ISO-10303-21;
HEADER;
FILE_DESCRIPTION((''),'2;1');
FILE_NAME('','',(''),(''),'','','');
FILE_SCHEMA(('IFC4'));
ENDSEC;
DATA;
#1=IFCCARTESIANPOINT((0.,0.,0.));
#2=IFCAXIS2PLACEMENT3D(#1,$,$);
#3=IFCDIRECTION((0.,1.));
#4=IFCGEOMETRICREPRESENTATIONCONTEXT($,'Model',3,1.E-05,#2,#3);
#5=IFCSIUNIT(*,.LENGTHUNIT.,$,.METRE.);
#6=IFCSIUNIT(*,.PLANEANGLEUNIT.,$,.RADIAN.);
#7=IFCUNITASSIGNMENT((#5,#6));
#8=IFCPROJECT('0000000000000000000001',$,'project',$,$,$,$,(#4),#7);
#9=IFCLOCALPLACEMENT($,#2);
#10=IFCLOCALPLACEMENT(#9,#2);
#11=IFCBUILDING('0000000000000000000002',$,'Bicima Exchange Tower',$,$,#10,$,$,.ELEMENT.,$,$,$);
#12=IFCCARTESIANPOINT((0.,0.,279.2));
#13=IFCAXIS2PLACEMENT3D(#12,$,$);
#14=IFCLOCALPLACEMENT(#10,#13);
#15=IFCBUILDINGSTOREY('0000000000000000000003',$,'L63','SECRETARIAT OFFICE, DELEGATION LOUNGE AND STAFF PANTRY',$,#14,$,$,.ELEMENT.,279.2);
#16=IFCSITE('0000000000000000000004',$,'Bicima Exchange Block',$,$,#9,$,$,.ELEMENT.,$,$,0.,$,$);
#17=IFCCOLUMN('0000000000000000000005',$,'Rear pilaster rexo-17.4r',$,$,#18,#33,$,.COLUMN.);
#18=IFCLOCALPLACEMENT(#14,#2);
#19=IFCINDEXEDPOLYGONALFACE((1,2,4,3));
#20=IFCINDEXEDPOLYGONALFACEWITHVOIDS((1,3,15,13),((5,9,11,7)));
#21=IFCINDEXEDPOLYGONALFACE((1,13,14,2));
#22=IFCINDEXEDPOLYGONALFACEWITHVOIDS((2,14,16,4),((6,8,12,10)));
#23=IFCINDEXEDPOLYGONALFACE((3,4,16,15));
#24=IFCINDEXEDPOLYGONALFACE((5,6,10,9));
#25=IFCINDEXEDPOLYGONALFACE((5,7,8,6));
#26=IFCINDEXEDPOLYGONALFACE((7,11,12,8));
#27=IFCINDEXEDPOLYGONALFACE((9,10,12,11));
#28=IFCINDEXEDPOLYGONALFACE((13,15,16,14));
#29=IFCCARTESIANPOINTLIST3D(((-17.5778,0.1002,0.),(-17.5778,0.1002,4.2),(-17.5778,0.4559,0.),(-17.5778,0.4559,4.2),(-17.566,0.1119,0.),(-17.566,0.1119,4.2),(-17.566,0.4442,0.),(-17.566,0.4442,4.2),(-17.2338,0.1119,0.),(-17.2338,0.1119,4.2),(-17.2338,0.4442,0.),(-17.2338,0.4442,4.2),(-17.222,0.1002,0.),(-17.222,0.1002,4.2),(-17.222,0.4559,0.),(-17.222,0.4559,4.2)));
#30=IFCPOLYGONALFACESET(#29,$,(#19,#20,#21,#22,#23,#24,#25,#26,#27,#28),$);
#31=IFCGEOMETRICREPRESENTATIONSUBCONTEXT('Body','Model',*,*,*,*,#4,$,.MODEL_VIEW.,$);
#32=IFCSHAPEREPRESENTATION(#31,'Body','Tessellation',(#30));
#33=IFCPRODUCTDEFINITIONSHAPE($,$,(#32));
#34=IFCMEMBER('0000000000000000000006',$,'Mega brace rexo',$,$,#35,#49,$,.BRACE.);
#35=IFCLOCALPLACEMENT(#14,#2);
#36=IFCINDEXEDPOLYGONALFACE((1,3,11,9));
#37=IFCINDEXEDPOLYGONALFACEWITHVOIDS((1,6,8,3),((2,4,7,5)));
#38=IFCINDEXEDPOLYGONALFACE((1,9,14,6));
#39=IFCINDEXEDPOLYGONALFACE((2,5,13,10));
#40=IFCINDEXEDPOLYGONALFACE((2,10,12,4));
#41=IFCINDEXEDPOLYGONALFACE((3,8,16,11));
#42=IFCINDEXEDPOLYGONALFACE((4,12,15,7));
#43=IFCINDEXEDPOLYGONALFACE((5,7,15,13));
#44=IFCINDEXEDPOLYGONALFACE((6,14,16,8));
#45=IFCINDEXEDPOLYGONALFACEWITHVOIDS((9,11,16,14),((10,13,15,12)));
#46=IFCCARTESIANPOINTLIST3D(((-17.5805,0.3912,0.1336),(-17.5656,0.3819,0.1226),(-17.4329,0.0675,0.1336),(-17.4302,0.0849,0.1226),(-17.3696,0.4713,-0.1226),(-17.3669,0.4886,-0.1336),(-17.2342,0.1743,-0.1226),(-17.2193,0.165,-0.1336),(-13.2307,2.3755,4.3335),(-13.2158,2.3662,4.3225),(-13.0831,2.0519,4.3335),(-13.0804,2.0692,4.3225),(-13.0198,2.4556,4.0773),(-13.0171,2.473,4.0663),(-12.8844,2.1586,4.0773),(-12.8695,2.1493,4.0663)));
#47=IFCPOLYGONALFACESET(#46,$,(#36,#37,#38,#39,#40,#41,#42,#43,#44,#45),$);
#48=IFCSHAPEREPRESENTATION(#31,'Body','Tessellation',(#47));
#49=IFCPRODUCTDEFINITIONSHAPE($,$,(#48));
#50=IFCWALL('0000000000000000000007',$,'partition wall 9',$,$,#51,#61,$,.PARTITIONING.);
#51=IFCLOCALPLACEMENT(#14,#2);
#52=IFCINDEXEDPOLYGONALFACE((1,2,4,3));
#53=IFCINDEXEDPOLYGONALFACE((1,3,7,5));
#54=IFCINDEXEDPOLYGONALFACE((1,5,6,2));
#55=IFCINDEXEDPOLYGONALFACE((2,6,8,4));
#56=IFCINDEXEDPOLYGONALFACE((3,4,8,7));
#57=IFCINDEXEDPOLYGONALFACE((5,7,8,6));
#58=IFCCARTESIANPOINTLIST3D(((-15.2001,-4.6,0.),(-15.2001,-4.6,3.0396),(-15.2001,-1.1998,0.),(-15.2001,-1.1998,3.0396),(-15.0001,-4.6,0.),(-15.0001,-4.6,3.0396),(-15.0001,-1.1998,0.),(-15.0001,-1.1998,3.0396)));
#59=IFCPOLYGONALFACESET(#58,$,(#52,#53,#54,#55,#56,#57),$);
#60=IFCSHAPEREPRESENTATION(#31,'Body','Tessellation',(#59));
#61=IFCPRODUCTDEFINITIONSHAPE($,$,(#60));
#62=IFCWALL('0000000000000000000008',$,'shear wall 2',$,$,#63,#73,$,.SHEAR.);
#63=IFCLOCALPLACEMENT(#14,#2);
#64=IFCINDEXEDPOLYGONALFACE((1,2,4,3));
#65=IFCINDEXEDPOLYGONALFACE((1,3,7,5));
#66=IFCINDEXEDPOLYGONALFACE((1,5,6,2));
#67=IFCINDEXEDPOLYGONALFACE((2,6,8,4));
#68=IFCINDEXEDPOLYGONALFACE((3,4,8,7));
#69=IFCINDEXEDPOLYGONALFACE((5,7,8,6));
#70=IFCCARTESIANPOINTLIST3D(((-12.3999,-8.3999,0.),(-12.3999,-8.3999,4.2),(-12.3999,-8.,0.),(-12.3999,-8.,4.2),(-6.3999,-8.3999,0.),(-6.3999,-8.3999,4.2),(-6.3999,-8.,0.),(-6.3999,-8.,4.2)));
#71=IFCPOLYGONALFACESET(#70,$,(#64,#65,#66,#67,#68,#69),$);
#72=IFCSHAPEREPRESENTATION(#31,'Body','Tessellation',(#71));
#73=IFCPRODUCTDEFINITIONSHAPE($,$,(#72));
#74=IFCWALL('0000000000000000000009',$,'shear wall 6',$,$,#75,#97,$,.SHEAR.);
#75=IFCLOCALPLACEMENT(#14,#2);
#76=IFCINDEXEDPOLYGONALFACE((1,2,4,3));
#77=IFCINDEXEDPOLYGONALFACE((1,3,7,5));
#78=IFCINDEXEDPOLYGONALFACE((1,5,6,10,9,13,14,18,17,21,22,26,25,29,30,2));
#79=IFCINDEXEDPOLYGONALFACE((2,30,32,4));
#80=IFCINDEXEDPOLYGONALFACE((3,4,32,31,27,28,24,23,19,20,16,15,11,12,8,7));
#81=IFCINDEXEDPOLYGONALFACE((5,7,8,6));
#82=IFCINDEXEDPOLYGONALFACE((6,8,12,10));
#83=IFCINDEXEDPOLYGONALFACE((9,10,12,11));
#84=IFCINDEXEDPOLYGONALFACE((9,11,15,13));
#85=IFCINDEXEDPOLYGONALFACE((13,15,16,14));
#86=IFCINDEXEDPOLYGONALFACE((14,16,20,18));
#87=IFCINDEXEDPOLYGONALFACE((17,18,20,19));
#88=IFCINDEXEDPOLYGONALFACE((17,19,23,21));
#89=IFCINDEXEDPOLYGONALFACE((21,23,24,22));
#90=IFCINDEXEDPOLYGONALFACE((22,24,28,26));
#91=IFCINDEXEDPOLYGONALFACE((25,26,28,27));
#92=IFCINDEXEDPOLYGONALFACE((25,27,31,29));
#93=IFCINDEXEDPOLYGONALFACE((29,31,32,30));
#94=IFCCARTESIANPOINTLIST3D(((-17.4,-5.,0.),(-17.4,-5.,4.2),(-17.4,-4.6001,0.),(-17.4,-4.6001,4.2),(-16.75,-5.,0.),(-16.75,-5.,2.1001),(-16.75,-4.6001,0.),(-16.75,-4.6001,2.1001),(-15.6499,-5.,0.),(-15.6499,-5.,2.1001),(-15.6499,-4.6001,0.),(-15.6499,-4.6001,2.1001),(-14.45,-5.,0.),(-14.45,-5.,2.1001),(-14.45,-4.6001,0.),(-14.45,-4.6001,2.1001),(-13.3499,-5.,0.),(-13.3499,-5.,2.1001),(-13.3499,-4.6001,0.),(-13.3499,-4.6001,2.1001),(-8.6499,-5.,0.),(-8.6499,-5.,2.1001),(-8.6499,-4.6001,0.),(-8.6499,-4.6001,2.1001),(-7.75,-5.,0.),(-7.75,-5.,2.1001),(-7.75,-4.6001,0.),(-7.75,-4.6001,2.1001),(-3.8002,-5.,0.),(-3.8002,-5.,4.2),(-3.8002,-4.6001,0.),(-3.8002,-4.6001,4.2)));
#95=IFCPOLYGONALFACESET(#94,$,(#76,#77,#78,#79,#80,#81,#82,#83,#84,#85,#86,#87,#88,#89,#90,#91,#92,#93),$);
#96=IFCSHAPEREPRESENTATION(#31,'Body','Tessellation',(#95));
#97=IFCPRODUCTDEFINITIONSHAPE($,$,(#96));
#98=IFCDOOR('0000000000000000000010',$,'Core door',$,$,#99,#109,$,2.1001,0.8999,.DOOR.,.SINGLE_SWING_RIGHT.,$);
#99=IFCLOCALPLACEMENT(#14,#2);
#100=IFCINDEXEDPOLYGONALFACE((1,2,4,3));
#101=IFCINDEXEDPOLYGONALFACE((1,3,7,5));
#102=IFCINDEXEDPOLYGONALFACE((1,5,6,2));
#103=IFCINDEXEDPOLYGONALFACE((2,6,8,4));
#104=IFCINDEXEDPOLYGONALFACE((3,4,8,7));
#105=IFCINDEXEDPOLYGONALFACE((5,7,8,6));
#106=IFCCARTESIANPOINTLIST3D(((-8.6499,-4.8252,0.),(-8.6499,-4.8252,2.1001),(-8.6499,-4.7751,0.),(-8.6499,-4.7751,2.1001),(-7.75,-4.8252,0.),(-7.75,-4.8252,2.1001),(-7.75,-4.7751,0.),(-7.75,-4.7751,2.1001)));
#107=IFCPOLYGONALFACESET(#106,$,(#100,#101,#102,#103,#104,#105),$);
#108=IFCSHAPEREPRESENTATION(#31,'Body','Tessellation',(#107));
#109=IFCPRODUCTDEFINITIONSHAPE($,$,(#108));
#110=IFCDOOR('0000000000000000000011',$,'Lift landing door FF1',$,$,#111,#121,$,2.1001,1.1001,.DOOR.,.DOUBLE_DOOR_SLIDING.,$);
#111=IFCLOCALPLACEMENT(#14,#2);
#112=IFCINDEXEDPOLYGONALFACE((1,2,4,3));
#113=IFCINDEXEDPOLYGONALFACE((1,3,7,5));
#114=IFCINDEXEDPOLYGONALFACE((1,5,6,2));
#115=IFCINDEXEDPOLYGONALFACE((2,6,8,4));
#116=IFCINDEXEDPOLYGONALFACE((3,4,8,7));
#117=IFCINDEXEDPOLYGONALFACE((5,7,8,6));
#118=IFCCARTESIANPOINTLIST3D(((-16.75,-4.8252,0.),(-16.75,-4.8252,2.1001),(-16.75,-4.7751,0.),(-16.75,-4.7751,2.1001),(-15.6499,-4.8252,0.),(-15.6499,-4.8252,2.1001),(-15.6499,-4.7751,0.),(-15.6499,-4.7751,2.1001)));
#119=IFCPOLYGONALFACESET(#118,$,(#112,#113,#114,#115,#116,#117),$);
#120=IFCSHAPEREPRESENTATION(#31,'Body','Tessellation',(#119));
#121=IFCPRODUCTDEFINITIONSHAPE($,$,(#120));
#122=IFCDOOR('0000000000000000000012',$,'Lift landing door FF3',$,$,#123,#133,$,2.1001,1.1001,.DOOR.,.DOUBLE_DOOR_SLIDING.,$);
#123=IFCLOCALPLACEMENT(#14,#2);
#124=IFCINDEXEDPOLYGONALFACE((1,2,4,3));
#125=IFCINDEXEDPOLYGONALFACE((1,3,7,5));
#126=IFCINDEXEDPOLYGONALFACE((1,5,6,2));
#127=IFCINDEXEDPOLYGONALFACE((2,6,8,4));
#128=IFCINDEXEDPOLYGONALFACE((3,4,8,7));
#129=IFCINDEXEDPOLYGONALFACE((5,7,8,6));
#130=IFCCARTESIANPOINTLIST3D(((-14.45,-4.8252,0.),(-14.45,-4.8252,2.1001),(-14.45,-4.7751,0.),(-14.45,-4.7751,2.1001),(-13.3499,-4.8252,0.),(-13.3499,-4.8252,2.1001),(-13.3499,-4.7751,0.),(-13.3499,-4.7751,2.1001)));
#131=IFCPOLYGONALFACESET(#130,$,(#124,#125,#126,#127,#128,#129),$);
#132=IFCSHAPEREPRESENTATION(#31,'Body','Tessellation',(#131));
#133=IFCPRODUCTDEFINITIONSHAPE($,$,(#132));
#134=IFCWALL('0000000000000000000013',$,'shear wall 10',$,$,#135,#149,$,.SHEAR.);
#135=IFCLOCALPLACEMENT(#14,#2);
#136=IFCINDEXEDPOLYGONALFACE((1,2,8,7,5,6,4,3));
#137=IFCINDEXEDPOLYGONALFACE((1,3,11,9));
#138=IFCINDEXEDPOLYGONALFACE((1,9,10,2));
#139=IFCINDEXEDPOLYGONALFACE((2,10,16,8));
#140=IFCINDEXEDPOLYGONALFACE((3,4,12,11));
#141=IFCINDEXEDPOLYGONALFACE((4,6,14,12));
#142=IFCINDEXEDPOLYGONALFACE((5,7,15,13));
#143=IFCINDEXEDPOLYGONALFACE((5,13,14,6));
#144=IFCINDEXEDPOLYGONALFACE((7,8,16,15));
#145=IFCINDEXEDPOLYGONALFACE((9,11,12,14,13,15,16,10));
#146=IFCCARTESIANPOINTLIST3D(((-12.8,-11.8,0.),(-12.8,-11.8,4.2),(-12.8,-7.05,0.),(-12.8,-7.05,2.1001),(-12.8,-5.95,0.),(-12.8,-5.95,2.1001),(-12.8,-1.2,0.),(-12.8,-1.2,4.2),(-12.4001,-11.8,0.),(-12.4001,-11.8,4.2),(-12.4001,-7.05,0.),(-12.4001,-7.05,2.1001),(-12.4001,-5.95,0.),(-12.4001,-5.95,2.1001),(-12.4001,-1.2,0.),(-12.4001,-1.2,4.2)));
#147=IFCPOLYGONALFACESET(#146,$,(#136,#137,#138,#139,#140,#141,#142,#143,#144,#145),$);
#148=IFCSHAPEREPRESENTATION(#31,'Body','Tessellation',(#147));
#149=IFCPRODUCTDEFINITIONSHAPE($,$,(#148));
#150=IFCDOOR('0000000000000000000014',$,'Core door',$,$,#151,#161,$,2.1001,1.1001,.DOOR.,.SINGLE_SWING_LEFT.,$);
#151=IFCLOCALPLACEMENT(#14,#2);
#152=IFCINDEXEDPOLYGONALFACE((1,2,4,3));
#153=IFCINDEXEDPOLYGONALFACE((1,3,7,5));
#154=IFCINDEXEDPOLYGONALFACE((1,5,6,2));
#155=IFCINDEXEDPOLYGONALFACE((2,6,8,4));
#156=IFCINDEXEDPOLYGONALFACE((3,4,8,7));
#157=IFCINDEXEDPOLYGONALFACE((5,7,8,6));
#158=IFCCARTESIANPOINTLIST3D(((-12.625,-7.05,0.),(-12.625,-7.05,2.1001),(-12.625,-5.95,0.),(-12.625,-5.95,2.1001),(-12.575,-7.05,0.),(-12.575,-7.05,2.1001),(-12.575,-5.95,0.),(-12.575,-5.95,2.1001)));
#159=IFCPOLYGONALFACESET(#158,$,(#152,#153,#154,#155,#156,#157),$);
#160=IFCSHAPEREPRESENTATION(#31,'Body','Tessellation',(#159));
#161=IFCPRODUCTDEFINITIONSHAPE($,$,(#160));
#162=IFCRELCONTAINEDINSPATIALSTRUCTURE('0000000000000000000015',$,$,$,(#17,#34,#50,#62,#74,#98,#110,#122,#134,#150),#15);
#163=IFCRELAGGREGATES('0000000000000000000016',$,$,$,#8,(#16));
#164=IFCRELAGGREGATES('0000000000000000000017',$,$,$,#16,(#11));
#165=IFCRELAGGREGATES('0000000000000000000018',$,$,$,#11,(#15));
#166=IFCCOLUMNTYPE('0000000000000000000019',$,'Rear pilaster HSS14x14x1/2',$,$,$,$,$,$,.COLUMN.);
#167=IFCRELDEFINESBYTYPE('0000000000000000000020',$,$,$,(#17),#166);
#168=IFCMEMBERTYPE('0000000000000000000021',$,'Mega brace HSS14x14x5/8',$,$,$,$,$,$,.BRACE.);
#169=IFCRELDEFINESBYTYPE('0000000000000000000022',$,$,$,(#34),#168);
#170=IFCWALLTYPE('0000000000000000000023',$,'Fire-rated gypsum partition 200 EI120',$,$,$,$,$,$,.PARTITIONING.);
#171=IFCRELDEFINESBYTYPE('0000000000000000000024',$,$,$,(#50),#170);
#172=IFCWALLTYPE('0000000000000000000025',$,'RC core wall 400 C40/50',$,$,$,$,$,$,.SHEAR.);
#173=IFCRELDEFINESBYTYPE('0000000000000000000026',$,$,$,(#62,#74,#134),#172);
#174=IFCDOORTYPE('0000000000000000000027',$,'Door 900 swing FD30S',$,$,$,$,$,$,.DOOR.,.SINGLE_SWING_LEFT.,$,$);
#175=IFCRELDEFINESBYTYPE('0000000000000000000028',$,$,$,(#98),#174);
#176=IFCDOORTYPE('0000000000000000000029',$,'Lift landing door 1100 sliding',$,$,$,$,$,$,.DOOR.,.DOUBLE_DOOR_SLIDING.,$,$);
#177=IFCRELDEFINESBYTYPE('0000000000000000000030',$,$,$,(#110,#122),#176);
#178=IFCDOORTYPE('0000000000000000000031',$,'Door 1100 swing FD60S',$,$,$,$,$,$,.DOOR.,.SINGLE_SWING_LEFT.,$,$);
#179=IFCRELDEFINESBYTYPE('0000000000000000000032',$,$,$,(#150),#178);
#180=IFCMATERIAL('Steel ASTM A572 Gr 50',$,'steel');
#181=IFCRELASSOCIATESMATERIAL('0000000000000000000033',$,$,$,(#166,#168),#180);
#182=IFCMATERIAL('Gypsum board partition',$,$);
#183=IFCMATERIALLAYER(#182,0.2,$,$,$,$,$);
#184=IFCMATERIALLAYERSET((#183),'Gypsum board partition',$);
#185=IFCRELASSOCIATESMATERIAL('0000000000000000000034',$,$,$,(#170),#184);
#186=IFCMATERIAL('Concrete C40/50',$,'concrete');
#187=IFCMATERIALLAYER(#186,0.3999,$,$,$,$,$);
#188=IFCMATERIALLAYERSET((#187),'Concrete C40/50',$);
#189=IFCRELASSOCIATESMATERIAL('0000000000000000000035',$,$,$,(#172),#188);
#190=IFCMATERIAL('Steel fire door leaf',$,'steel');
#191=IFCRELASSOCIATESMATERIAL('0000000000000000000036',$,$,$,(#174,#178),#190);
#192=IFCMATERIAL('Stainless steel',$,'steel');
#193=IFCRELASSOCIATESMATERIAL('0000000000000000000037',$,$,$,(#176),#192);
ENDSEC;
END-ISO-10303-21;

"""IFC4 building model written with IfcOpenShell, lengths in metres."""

from ifc_helpers import new_model, si_unit, direction, frame, frame_2d, origin, origin_2d, place, context, subcontext, project, spatial, rectangle, hollow_rectangle, extrude, material, layer, layer_set, material_profile, profile_set, type_object, element, fill, save


model = new_model("IFC4")

# Units and contexts
model_context = context("Model", 3, precision=1e-05, world=origin(), true_north=direction((0.0, 1.0)))
body_context = subcontext(model_context, "Body", "Model", "MODEL_VIEW")
ifc_project = project(units=[si_unit("LENGTHUNIT", "METRE"), si_unit("PLANEANGLEUNIT", "RADIAN")], contexts=[model_context])

# Site, building, storey
site_placement = place(None, origin())
site = spatial("IfcSite", under=ifc_project, at=site_placement, Name="Bicima Exchange Block", CompositionType="ELEMENT", RefElevation=0.0)
building_placement = place(site_placement, origin())
building = spatial("IfcBuilding", under=site, at=building_placement, Name="Bicima Exchange Tower", CompositionType="ELEMENT")
storey_placement = place(building_placement, frame((0.0, 0.0, 279.2)))
storey = spatial("IfcBuildingStorey", under=building, at=storey_placement, Name="L63", Description="SECRETARIAT OFFICE, DELEGATION LOUNGE AND STAFF PANTRY", CompositionType="ELEMENT", Elevation=279.2)

# Column
ifc_material_1 = material(Name="Steel ASTM A572 Gr 50", Category="steel")
ifc_material_profile_1 = material_profile(ifc_material_1, hollow_rectangle(XDim=0.3557, YDim=0.3557, WallThickness=0.0117, at=origin_2d()))
ifc_profile_set_1 = profile_set([ifc_material_profile_1], Name="Steel ASTM A572 Gr 50")
column_type = type_object("IfcColumnType", Name="Rear pilaster HSS14x14x1/2", PredefinedType="COLUMN", material=ifc_profile_set_1)
column_placement = place(storey_placement, frame((-17.3999, 0.2781, 0.0), z_axis=(0.0, 0.0, 1.0), x_axis=(1.0, 0.0, 0.0)))
element("IfcColumn", 1, at=column_placement, inside=storey, type_object=column_type, Name="Rear pilaster rexo-17.4r", PredefinedType="COLUMN", context=body_context, shape_type="SweptSolid", body=[
    extrude(hollow_rectangle(XDim=0.3557, YDim=0.3557, WallThickness=0.0117, at=origin_2d()), origin(), (0.0, 0.0, 1.0), 4.2),
])

# Member
ifc_material_profile_2 = material_profile(ifc_material_1, hollow_rectangle(XDim=0.3557, YDim=0.3557, WallThickness=0.0146, at=origin_2d()))
ifc_profile_set_2 = profile_set([ifc_material_profile_2], Name="Steel ASTM A572 Gr 50")
member_type = type_object("IfcMemberType", Name="Mega brace HSS14x14x5/8", PredefinedType="BRACE", material=ifc_profile_set_2)
member_placement = place(storey_placement, frame((-17.3999, 0.2781, 0.0), z_axis=(0.683526, 0.31182, 0.65997), x_axis=(-0.415045, 0.909801, 0.0)))
element("IfcMember", 2, at=member_placement, inside=storey, type_object=member_type, Name="Mega brace rexo", PredefinedType="BRACE", context=body_context, shape_type="SweptSolid", body=[
    extrude(hollow_rectangle(XDim=0.3557, YDim=0.3557, WallThickness=0.0146, at=origin_2d()), origin(), (0.0, 0.0, 1.0), 6.3638),
])

# Walls
ifc_material_2 = material(Name="Gypsum board partition")
ifc_layer_1 = layer(ifc_material_2, 0.2)
ifc_layer_set_1 = layer_set([ifc_layer_1], Name="Gypsum board partition")
wall_type_1 = type_object("IfcWallType", Name="Fire-rated gypsum partition 200 EI120", PredefinedType="PARTITIONING", material=ifc_layer_set_1)
wall_1_placement = place(storey_placement, frame((-15.1001, -4.6001, 0.0), z_axis=(0.0, 0.0, 1.0), x_axis=(0.0, 1.0, 0.0)))
element("IfcWall", 3, at=wall_1_placement, inside=storey, type_object=wall_type_1, Name="partition wall 9", PredefinedType="PARTITIONING", context=body_context, shape_type="SweptSolid", body=[
    extrude(rectangle(XDim=3.4001, YDim=0.2, at=frame_2d((1.7002, 0.0))), origin(), (0.0, 0.0, 1.0), 3.0396),
])
ifc_material_3 = material(Name="Concrete C40/50", Category="concrete")
ifc_layer_2 = layer(ifc_material_3, 0.3999)
ifc_layer_set_2 = layer_set([ifc_layer_2], Name="Concrete C40/50")
wall_type_2 = type_object("IfcWallType", Name="RC core wall 400 C40/50", PredefinedType="SHEAR", material=ifc_layer_set_2)
wall_2_placement = place(storey_placement, frame((-12.3999, -8.2, 0.0), z_axis=(0.0, 0.0, 1.0), x_axis=(1.0, 0.0, 0.0)))
element("IfcWall", 4, at=wall_2_placement, inside=storey, type_object=wall_type_2, Name="shear wall 2", PredefinedType="SHEAR", context=body_context, shape_type="SweptSolid", body=[
    extrude(rectangle(XDim=6.0, YDim=0.3999, at=frame_2d((3.0, 0.0))), origin(), (0.0, 0.0, 1.0), 4.2),
])

# Wall, openings, doors
wall_3_placement = place(storey_placement, frame((-17.3999, -4.8, 0.0), z_axis=(0.0, 0.0, 1.0), x_axis=(1.0, 0.0, 0.0)))
wall_3 = element("IfcWall", 5, at=wall_3_placement, inside=storey, type_object=wall_type_2, Name="shear wall 6", PredefinedType="SHEAR", context=body_context, shape_type="SweptSolid", body=[
    extrude(rectangle(XDim=13.5999, YDim=0.3999, at=frame_2d((6.7998, 0.0))), origin(), (0.0, 0.0, 1.0), 4.2),
])
opening_1_placement = place(wall_3_placement, frame((0.6499, 0.0, 0.0)))
opening_1 = element("IfcOpeningElement", 6, at=opening_1_placement, cuts=wall_3, PredefinedType="OPENING", context=body_context, shape_type="SweptSolid", body=[
    extrude(rectangle(XDim=1.1001, YDim=2.1001, at=frame_2d((0.55, 1.05))), frame((0.0, 0.2119, 0.0), z_axis=(0.0, -1.0, 0.0), x_axis=(1.0, 0.0, 0.0)), (0.0, 0.0, 1.0), 0.4238),
])
opening_2_placement = place(wall_3_placement, frame((2.95, 0.0, 0.0)))
opening_2 = element("IfcOpeningElement", 7, at=opening_2_placement, cuts=wall_3, PredefinedType="OPENING", context=body_context, shape_type="SweptSolid", body=[
    extrude(rectangle(XDim=1.1001, YDim=2.1001, at=frame_2d((0.55, 1.05))), frame((0.0, 0.2119, 0.0), z_axis=(0.0, -1.0, 0.0), x_axis=(1.0, 0.0, 0.0)), (0.0, 0.0, 1.0), 0.4238),
])
opening_3_placement = place(wall_3_placement, frame((8.75, 0.0, 0.0)))
opening_3 = element("IfcOpeningElement", 8, at=opening_3_placement, cuts=wall_3, PredefinedType="OPENING", context=body_context, shape_type="SweptSolid", body=[
    extrude(rectangle(XDim=0.8999, YDim=2.1001, at=frame_2d((0.45, 1.05))), frame((0.0, 0.2119, 0.0), z_axis=(0.0, -1.0, 0.0), x_axis=(1.0, 0.0, 0.0)), (0.0, 0.0, 1.0), 0.4238),
])
ifc_material_4 = material(Name="Steel fire door leaf", Category="steel")
door_type_1 = type_object("IfcDoorType", Name="Door 900 swing FD30S", OperationType="SINGLE_SWING_LEFT", PredefinedType="DOOR", material=ifc_material_4)
door_1_placement = place(opening_3_placement, origin())
door_1 = element("IfcDoor", 9, at=door_1_placement, inside=storey, type_object=door_type_1, Name="Core door", OperationType="SINGLE_SWING_RIGHT", OverallHeight=2.1001, OverallWidth=0.8999, PredefinedType="DOOR", context=body_context, shape_type="SweptSolid", body=[
    extrude(rectangle(XDim=0.8999, YDim=2.1001, at=frame_2d((0.45, 1.05))), frame((0.0, 0.0249, 0.0), z_axis=(0.0, -1.0, 0.0), x_axis=(1.0, 0.0, 0.0)), (0.0, 0.0, 1.0), 0.05),
])
fill(opening_3, door_1)
ifc_material_5 = material(Name="Stainless steel", Category="steel")
door_type_2 = type_object("IfcDoorType", Name="Lift landing door 1100 sliding", OperationType="DOUBLE_DOOR_SLIDING", PredefinedType="DOOR", material=ifc_material_5)
door_2_placement = place(opening_1_placement, origin())
door_2 = element("IfcDoor", 10, at=door_2_placement, inside=storey, type_object=door_type_2, Name="Lift landing door FF1", OperationType="DOUBLE_DOOR_SLIDING", OverallHeight=2.1001, OverallWidth=1.1001, PredefinedType="DOOR", context=body_context, shape_type="SweptSolid", body=[
    extrude(rectangle(XDim=1.1001, YDim=2.1001, at=frame_2d((0.55, 1.05))), frame((0.0, 0.0249, 0.0), z_axis=(0.0, -1.0, 0.0), x_axis=(1.0, 0.0, 0.0)), (0.0, 0.0, 1.0), 0.05),
])
fill(opening_1, door_2)
door_3_placement = place(opening_2_placement, origin())
door_3 = element("IfcDoor", 11, at=door_3_placement, inside=storey, type_object=door_type_2, Name="Lift landing door FF3", OperationType="DOUBLE_DOOR_SLIDING", OverallHeight=2.1001, OverallWidth=1.1001, PredefinedType="DOOR", context=body_context, shape_type="SweptSolid", body=[
    extrude(rectangle(XDim=1.1001, YDim=2.1001, at=frame_2d((0.55, 1.05))), frame((0.0, 0.0249, 0.0), z_axis=(0.0, -1.0, 0.0), x_axis=(1.0, 0.0, 0.0)), (0.0, 0.0, 1.0), 0.05),
])
fill(opening_2, door_3)

# Wall, opening, door
wall_4_placement = place(storey_placement, frame((-12.6001, -11.8, 0.0), z_axis=(0.0, 0.0, 1.0), x_axis=(0.0, 1.0, 0.0)))
wall_4 = element("IfcWall", 12, at=wall_4_placement, inside=storey, type_object=wall_type_2, Name="shear wall 10", PredefinedType="SHEAR", context=body_context, shape_type="SweptSolid", body=[
    extrude(rectangle(XDim=10.6001, YDim=0.3999, at=frame_2d((5.3, 0.0))), origin(), (0.0, 0.0, 1.0), 4.2),
])
opening_4_placement = place(wall_4_placement, frame((4.75, 0.0, 0.0)))
opening_4 = element("IfcOpeningElement", 13, at=opening_4_placement, cuts=wall_4, PredefinedType="OPENING", context=body_context, shape_type="SweptSolid", body=[
    extrude(rectangle(XDim=1.1001, YDim=2.1001, at=frame_2d((0.55, 1.05))), frame((0.0, 0.2119, 0.0), z_axis=(0.0, -1.0, 0.0), x_axis=(1.0, 0.0, 0.0)), (0.0, 0.0, 1.0), 0.4238),
])
door_type_3 = type_object("IfcDoorType", Name="Door 1100 swing FD60S", OperationType="SINGLE_SWING_LEFT", PredefinedType="DOOR", material=ifc_material_4)
door_4_placement = place(opening_4_placement, origin())
door_4 = element("IfcDoor", 14, at=door_4_placement, inside=storey, type_object=door_type_3, Name="Core door", OperationType="SINGLE_SWING_LEFT", OverallHeight=2.1001, OverallWidth=1.1001, PredefinedType="DOOR", context=body_context, shape_type="SweptSolid", body=[
    extrude(rectangle(XDim=1.1001, YDim=2.1001, at=frame_2d((0.55, 1.05))), frame((0.0, 0.0249, 0.0), z_axis=(0.0, -1.0, 0.0), x_axis=(1.0, 0.0, 0.0)), (0.0, 0.0, 1.0), 0.05),
])
fill(opening_4, door_4)

save(model, "model.ifc")
